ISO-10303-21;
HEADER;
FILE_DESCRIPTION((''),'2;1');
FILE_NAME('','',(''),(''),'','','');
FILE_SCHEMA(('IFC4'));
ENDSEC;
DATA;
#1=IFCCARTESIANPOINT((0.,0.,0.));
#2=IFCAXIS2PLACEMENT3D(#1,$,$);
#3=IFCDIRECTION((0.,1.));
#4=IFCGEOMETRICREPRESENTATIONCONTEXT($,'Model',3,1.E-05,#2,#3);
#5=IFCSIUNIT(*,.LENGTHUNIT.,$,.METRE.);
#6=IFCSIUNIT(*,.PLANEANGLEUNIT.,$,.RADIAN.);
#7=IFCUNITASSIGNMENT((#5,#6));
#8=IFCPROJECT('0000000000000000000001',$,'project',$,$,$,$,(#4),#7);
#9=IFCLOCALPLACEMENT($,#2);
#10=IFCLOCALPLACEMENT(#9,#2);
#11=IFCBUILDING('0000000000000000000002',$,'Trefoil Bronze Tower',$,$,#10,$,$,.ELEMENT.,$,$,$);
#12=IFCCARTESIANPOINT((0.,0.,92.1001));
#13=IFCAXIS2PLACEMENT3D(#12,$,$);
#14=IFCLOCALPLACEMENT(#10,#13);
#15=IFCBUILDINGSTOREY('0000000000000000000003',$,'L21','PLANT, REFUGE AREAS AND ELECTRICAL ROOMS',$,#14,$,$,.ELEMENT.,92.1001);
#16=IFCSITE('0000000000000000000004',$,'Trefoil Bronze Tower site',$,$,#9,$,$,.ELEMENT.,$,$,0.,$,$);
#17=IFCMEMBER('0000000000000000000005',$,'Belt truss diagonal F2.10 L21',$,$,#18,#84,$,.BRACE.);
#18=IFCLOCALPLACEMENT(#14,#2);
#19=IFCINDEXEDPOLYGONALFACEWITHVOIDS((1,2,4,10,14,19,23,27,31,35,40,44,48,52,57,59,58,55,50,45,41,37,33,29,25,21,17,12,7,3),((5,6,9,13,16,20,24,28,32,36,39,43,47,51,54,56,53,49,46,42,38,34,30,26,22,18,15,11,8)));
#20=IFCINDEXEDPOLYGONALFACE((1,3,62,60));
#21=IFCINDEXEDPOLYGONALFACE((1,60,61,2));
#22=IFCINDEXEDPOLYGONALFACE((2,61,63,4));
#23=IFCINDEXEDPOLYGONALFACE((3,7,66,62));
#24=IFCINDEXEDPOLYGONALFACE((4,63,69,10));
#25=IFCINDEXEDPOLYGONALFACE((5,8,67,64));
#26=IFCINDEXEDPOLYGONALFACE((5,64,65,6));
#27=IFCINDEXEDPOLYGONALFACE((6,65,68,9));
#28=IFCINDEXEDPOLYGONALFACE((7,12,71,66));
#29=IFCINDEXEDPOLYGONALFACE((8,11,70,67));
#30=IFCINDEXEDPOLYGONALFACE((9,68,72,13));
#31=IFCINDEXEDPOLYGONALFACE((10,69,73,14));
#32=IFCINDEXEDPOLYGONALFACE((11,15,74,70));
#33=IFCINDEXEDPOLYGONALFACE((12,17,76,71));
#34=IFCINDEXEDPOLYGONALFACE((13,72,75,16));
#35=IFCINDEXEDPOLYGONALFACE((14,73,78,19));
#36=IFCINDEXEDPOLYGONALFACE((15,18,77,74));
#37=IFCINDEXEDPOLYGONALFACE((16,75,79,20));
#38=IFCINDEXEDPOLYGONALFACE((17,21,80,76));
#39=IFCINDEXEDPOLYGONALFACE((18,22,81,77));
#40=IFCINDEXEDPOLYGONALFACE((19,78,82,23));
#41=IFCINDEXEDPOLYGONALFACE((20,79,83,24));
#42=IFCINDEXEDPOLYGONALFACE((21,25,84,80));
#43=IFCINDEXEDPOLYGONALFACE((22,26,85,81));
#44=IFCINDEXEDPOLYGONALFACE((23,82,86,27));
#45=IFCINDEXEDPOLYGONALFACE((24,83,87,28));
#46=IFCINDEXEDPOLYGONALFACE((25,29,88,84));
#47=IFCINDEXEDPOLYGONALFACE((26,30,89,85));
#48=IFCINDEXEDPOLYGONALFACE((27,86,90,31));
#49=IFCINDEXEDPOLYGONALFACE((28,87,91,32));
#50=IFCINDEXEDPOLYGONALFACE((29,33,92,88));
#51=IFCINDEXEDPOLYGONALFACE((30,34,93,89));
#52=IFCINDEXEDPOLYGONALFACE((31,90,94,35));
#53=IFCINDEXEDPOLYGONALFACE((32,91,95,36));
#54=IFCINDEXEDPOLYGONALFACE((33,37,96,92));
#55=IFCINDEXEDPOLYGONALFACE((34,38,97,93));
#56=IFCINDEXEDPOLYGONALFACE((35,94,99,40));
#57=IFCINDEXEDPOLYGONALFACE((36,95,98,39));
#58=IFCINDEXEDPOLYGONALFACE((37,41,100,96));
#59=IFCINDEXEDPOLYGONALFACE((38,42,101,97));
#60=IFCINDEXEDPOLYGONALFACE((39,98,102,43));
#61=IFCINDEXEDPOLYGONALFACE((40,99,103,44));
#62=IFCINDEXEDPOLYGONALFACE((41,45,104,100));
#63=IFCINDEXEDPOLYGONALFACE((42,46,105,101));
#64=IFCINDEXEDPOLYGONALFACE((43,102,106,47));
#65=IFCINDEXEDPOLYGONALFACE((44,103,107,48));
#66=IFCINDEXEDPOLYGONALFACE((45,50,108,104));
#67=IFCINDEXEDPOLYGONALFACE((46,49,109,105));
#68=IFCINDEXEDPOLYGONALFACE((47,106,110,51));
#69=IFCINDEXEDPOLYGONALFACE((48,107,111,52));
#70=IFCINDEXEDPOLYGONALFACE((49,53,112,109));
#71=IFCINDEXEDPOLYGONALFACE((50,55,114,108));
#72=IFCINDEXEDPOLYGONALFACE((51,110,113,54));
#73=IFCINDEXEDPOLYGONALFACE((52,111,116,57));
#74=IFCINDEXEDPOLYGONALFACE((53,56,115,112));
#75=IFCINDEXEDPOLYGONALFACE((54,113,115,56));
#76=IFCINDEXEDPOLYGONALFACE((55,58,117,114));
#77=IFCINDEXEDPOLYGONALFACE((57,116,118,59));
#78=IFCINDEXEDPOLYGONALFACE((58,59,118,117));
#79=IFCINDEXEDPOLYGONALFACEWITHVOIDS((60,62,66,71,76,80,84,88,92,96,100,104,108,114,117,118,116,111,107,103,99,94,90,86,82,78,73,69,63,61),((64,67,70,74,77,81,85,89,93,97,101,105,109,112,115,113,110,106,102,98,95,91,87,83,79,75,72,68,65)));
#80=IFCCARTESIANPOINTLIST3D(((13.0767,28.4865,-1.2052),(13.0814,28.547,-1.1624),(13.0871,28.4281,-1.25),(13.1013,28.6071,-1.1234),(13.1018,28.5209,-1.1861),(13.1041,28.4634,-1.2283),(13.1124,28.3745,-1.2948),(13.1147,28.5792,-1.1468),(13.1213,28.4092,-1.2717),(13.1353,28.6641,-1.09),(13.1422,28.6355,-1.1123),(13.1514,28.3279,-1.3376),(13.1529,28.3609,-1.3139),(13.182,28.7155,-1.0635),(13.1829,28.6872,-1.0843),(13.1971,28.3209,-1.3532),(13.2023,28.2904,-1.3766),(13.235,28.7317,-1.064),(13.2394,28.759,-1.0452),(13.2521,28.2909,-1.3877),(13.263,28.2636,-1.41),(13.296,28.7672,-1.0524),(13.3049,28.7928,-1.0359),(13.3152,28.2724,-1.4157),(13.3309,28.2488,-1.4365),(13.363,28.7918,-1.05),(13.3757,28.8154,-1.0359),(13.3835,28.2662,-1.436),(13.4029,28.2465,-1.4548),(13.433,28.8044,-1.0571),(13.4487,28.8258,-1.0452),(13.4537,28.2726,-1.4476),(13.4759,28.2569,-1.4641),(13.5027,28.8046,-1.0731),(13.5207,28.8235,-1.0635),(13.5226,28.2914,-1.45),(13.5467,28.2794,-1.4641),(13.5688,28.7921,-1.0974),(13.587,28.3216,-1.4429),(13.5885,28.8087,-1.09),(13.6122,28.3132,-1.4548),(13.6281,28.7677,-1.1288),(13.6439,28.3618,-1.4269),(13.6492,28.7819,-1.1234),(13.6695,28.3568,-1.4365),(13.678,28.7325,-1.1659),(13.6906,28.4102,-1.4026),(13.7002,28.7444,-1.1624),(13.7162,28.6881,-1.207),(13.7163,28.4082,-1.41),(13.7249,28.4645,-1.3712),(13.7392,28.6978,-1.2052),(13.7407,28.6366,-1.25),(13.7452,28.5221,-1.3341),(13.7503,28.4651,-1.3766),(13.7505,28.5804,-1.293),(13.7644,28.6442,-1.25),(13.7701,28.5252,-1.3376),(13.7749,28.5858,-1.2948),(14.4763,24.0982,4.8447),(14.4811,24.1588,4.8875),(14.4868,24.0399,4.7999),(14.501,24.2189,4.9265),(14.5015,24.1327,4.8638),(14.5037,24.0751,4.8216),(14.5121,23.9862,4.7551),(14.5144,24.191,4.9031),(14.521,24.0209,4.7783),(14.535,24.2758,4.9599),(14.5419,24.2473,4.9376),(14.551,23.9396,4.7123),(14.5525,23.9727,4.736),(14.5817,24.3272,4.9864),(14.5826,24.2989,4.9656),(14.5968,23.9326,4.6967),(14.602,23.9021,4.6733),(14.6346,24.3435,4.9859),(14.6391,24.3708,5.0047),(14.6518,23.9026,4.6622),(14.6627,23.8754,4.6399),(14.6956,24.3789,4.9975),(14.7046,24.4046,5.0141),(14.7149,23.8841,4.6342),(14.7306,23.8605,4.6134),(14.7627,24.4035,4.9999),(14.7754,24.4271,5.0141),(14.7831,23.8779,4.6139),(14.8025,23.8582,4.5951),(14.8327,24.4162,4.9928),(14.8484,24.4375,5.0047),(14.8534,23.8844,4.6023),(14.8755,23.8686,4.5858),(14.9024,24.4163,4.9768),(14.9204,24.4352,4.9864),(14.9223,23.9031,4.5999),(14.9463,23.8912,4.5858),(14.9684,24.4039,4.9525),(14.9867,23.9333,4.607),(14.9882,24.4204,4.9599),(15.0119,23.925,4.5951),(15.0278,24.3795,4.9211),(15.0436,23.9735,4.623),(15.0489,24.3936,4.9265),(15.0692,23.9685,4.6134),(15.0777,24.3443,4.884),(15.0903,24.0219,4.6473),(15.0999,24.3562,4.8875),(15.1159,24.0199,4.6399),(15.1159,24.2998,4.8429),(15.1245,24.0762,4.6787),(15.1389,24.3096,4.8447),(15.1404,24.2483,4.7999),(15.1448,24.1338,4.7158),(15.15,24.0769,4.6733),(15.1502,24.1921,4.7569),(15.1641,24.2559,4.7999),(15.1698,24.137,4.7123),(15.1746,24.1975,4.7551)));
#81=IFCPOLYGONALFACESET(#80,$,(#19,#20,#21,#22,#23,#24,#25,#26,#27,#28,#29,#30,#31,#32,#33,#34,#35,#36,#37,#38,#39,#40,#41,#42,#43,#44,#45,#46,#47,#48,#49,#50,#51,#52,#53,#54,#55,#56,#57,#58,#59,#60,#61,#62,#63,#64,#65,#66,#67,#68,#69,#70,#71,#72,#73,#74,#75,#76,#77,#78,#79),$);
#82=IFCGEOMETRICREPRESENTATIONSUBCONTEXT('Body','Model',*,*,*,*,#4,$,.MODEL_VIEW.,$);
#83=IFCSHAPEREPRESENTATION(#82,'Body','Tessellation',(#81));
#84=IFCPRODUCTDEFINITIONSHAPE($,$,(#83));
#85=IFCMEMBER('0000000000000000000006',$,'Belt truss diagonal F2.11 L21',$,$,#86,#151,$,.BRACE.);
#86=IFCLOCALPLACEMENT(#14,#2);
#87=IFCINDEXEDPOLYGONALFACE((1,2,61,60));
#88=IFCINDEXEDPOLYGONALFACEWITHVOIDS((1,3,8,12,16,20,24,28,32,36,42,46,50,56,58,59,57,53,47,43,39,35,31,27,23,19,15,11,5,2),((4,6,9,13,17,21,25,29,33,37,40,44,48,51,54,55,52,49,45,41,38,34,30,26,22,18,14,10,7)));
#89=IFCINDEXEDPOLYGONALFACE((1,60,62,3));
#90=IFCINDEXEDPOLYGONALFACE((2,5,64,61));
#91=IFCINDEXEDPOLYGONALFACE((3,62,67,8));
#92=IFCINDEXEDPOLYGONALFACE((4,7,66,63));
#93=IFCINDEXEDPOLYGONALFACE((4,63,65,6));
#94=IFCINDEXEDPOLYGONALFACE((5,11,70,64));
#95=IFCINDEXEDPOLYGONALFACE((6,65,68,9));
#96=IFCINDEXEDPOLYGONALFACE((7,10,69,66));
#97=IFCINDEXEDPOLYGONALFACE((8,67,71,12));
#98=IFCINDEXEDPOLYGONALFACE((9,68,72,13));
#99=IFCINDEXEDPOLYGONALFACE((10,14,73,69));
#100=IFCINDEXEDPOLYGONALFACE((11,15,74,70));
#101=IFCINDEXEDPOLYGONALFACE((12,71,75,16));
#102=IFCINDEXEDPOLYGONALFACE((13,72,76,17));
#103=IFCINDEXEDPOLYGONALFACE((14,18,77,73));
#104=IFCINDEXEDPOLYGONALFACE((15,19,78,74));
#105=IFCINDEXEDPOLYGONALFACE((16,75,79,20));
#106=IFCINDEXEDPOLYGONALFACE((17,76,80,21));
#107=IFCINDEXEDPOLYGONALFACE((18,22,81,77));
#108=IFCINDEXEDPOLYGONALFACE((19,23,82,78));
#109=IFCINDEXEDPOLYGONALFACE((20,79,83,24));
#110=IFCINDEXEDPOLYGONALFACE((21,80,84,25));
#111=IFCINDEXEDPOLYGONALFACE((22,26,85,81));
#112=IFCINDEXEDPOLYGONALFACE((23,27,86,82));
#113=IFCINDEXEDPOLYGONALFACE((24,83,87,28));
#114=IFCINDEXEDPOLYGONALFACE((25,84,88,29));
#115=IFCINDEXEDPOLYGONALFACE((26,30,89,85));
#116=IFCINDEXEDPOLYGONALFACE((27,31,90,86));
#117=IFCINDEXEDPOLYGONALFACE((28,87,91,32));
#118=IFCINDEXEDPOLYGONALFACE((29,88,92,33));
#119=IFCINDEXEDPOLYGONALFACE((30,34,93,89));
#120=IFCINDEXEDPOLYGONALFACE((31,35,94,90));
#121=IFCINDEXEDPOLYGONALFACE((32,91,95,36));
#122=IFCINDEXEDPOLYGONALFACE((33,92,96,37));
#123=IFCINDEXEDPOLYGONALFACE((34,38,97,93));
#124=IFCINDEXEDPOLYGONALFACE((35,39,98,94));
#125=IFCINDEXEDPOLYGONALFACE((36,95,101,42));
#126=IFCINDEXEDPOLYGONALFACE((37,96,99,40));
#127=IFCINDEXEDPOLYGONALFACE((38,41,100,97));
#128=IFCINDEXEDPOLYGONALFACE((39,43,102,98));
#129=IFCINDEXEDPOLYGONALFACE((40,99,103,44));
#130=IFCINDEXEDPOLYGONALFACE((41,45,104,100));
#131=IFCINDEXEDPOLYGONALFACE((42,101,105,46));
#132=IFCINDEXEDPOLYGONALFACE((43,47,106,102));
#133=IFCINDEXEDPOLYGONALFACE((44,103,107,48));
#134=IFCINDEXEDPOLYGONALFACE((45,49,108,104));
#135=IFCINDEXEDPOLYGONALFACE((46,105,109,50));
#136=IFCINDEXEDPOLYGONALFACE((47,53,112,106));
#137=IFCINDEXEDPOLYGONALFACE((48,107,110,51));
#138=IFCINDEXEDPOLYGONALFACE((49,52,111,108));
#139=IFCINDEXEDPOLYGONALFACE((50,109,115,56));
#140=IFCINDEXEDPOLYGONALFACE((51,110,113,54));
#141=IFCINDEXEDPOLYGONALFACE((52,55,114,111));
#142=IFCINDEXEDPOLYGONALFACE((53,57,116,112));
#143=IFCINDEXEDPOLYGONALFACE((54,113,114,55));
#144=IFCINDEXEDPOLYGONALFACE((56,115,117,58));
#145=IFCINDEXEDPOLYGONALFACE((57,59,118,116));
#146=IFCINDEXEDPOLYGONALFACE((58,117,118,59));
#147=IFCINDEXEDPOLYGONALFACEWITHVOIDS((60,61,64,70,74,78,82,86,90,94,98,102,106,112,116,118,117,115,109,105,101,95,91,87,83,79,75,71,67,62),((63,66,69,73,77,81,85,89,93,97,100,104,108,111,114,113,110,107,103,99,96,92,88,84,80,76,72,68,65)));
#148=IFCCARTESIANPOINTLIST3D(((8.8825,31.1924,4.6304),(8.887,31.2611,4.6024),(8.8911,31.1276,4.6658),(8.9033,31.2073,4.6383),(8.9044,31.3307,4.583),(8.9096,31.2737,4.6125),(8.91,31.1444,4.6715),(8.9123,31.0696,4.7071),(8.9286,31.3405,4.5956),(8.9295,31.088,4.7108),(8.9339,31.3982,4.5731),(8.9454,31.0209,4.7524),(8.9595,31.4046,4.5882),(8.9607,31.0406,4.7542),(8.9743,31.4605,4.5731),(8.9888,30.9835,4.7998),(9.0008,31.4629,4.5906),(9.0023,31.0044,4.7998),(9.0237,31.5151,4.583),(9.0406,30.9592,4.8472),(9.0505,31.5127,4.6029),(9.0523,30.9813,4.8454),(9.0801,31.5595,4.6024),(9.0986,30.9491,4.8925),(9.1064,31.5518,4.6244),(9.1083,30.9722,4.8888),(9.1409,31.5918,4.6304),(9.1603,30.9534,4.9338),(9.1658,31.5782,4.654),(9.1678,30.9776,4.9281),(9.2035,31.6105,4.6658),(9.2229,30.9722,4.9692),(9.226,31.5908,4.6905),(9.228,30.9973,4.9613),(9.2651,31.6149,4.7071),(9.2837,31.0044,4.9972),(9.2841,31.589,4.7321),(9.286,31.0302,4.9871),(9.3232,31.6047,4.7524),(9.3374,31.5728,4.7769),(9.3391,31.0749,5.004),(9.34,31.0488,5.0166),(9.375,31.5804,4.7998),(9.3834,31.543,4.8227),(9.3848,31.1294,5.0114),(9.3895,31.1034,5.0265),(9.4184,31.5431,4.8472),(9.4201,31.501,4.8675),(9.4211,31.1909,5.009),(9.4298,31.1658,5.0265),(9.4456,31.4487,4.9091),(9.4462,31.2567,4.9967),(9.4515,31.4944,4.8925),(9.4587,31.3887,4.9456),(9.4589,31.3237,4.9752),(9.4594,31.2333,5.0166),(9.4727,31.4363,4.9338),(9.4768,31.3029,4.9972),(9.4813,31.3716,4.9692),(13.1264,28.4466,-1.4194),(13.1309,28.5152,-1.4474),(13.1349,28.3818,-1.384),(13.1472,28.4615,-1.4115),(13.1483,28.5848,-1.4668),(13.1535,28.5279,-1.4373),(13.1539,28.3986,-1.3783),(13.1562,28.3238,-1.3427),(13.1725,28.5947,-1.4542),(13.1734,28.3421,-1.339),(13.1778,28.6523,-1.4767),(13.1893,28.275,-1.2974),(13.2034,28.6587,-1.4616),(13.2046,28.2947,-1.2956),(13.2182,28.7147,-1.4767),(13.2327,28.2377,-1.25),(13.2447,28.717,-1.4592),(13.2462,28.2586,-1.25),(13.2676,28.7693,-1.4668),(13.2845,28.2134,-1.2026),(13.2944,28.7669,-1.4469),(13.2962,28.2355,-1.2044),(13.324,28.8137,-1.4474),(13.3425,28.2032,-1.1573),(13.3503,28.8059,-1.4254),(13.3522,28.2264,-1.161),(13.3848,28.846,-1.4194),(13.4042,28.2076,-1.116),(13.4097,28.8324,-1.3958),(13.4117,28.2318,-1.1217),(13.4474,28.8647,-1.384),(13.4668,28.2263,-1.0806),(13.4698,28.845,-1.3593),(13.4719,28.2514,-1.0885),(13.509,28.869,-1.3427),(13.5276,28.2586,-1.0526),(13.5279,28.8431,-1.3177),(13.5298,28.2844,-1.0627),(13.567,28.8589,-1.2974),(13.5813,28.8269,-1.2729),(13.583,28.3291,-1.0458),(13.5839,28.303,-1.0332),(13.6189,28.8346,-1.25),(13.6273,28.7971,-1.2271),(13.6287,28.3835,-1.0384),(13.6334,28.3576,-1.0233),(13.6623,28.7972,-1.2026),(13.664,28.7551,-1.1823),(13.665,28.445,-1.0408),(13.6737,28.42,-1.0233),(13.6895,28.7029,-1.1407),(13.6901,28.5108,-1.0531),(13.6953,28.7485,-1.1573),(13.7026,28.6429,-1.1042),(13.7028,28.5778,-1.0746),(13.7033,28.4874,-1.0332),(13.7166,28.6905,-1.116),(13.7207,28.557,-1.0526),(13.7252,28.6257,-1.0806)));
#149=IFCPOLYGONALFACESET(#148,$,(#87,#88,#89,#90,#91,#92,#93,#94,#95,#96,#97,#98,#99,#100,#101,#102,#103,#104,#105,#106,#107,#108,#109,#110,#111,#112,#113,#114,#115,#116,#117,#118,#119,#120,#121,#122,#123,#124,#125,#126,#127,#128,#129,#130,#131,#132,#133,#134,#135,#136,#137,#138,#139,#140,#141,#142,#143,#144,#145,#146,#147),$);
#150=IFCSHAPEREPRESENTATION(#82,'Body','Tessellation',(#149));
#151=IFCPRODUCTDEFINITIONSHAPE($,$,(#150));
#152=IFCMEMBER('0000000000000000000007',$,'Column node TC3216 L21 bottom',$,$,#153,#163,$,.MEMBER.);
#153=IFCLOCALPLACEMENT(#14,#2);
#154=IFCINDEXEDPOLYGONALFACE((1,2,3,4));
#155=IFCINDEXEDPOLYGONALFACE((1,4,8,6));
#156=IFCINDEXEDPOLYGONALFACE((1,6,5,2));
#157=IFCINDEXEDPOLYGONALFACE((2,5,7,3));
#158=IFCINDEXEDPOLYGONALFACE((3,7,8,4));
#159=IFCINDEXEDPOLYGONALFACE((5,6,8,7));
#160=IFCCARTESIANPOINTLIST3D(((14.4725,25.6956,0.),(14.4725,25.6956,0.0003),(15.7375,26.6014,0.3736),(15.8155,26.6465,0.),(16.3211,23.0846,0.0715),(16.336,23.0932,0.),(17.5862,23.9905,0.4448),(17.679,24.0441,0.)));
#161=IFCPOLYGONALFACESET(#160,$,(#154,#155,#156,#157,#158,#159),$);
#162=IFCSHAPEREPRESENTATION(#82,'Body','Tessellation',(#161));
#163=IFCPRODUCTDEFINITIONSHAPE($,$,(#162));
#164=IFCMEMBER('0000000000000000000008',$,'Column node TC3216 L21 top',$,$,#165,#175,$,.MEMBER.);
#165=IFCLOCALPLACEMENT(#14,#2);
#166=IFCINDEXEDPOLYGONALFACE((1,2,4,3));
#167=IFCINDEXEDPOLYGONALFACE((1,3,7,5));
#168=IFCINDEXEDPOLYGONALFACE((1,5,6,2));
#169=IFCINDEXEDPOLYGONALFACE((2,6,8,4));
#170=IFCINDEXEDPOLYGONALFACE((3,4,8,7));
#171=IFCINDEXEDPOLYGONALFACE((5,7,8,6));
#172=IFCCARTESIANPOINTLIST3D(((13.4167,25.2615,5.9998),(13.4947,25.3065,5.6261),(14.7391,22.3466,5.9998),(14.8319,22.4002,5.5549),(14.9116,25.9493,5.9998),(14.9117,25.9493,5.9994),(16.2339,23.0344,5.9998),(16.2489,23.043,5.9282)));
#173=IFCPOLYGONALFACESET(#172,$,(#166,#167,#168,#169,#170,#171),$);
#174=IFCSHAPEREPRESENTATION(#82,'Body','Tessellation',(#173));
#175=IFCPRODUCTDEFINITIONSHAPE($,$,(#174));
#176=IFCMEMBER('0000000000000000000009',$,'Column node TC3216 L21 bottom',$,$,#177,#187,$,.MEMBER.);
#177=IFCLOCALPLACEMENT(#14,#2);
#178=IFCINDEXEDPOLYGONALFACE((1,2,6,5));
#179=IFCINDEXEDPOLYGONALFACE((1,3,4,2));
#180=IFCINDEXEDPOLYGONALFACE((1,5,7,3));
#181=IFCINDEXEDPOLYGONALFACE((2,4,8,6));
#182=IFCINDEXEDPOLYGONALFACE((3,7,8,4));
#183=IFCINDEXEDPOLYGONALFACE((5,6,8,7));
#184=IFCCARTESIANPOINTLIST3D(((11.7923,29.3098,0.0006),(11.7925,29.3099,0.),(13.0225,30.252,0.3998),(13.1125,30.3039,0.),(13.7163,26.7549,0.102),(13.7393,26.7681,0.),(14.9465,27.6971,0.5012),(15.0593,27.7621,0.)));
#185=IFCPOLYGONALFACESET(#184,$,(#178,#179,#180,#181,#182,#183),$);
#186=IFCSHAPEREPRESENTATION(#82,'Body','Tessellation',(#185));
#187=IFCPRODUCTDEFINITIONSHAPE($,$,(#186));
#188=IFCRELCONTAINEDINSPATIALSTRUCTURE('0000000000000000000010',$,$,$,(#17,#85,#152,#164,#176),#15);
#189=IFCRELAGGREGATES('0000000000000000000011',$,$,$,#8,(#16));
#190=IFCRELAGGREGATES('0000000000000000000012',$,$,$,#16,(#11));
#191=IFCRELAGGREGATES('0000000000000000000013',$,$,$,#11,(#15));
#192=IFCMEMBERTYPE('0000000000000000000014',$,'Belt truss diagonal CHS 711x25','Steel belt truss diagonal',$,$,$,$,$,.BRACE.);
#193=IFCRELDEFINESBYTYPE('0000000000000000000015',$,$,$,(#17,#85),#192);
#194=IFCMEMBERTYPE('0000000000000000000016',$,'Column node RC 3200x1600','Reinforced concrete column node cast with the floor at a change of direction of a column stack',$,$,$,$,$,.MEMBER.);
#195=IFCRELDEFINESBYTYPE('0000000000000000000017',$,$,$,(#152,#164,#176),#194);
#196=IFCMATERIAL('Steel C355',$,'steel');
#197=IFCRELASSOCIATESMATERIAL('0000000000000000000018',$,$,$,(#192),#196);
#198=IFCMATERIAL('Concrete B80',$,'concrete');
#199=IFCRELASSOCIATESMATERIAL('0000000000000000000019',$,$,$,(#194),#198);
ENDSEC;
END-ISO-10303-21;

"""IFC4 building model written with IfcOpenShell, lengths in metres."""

from ifc_helpers import new_model, si_unit, direction, frame, origin, origin_2d, place, context, subcontext, project, spatial, rectangle, hollow_circle, extrude, clip, halfspace, material, material_profile, profile_set, type_object, element, save


model = new_model("IFC4")

# Units and contexts
model_context = context("Model", 3, precision=1e-05, world=origin(), true_north=direction((0.0, 1.0)))
body_context = subcontext(model_context, "Body", "Model", "MODEL_VIEW")
ifc_project = project(units=[si_unit("LENGTHUNIT", "METRE"), si_unit("PLANEANGLEUNIT", "RADIAN")], contexts=[model_context])

# Site, building, storey
site_placement = place(None, origin())
site = spatial("IfcSite", under=ifc_project, at=site_placement, Name="Trefoil Bronze Tower site", CompositionType="ELEMENT", RefElevation=0.0)
building_placement = place(site_placement, origin())
building = spatial("IfcBuilding", under=site, at=building_placement, Name="Trefoil Bronze Tower", CompositionType="ELEMENT")
storey_placement = place(building_placement, frame((0.0, 0.0, 92.1001)))
storey = spatial("IfcBuildingStorey", under=building, at=storey_placement, Name="L21", Description="PLANT, REFUGE AREAS AND ELECTRICAL ROOMS", CompositionType="ELEMENT", Elevation=92.1001)

# Members
ifc_material_1 = material(Name="Steel C355", Category="steel")
ifc_material_profile_1 = material_profile(ifc_material_1, hollow_circle(Radius=0.3555, WallThickness=0.0249, at=origin_2d()), Name="CHS 711x25")
ifc_profile_set_1 = profile_set([ifc_material_profile_1], Name="Steel C355")
member_type_1 = type_object("IfcMemberType", Name="Belt truss diagonal CHS 711x25", Description="Steel belt truss diagonal", PredefinedType="BRACE", material=ifc_profile_set_1)
member_1_placement = place(storey_placement, frame((13.4258, 28.5361, -1.25), z_axis=(0.184077, -0.577116, 0.795646), x_axis=(0.952711, 0.303877, 0.0)))
element("IfcMember", 1, at=member_1_placement, inside=storey, type_object=member_type_1, Name="Belt truss diagonal F2.10 L21", PredefinedType="BRACE", context=body_context, shape_type="SweptSolid", body=[
    extrude(hollow_circle(Radius=0.3555, WallThickness=0.0249, at=origin_2d()), origin(), (0.0, 0.0, 1.0), 7.6038),
])
member_2_placement = place(storey_placement, frame((13.4258, 28.5361, -1.25), z_axis=(-0.538322, 0.348301, 0.767395), x_axis=(-0.543223, -0.839588, 0.0)))
element("IfcMember", 2, at=member_2_placement, inside=storey, type_object=member_type_1, Name="Belt truss diagonal F2.11 L21", PredefinedType="BRACE", context=body_context, shape_type="SweptSolid", body=[
    extrude(hollow_circle(Radius=0.3555, WallThickness=0.0249, at=origin_2d()), origin(), (0.0, 0.0, 1.0), 7.8835),
])
ifc_material_2 = material(Name="Concrete B80", Category="concrete")
ifc_material_profile_2 = material_profile(ifc_material_2, rectangle(XDim=3.2, YDim=1.6001, at=origin_2d()), Name="RC 3200x1600")
ifc_profile_set_2 = profile_set([ifc_material_profile_2], Name="Concrete B80")
member_type_2 = type_object("IfcMemberType", Name="Column node RC 3200x1600", Description="Reinforced concrete column node cast with the floor at a change of direction of a column stack", PredefinedType="MEMBER", material=ifc_profile_set_2)
member_3_placement = place(storey_placement, frame((16.1223, 24.8967, -0.2229), z_axis=(-0.202953, -0.117191, 0.97215), x_axis=(-0.577708, 0.81594, -0.022247)))
element("IfcMember", 3, at=member_3_placement, inside=storey, type_object=member_type_2, Name="Column node TC3216 L21 bottom", PredefinedType="MEMBER", context=body_context, shape_type="Clipping", body=[
    clip(extrude(rectangle(XDim=3.2, YDim=1.6001, at=origin_2d()), origin(), (0.0, 0.0, 1.0), 0.4583), halfspace(frame((0.0, 0.0, 0.2292), z_axis=(-0.022247, -0.2333, 0.97215), x_axis=(0.0, 0.972391, 0.233357)), True)),
])
member_4_placement = place(storey_placement, frame((14.7788, 24.1211, 6.2227), z_axis=(0.202953, 0.117191, -0.97215), x_axis=(0.417877, -0.908231, -0.022247)))
element("IfcMember", 4, at=member_4_placement, inside=storey, type_object=member_type_2, Name="Column node TC3216 L21 top", PredefinedType="MEMBER", context=body_context, shape_type="Clipping", body=[
    clip(extrude(rectangle(XDim=3.2, YDim=1.6001, at=origin_2d()), origin(), (0.0, 0.0, 1.0), 0.4583), halfspace(frame((0.0, 0.0, 0.2292), z_axis=(0.022247, 0.2333, 0.97215), x_axis=(0.0, 0.972391, -0.233357)), True)),
])
member_5_placement = place(storey_placement, frame((13.4824, 28.5686, -0.2512), z_axis=(-0.217851, -0.125629, 0.967863), x_axis=(-0.601255, 0.798428, -0.031697)))
element("IfcMember", 5, at=member_5_placement, inside=storey, type_object=member_type_2, Name="Column node TC3216 L21 bottom", PredefinedType="MEMBER", context=body_context, shape_type="Clipping", body=[
    clip(extrude(rectangle(XDim=3.2, YDim=1.6001, at=origin_2d()), origin(), (0.0, 0.0, 1.0), 0.5188), halfspace(frame((0.0, 0.0, 0.2595), z_axis=(-0.031697, -0.249474, 0.967863), x_axis=(0.0, 0.968349, 0.249599)), True)),
])

save(model, "model.ifc")
